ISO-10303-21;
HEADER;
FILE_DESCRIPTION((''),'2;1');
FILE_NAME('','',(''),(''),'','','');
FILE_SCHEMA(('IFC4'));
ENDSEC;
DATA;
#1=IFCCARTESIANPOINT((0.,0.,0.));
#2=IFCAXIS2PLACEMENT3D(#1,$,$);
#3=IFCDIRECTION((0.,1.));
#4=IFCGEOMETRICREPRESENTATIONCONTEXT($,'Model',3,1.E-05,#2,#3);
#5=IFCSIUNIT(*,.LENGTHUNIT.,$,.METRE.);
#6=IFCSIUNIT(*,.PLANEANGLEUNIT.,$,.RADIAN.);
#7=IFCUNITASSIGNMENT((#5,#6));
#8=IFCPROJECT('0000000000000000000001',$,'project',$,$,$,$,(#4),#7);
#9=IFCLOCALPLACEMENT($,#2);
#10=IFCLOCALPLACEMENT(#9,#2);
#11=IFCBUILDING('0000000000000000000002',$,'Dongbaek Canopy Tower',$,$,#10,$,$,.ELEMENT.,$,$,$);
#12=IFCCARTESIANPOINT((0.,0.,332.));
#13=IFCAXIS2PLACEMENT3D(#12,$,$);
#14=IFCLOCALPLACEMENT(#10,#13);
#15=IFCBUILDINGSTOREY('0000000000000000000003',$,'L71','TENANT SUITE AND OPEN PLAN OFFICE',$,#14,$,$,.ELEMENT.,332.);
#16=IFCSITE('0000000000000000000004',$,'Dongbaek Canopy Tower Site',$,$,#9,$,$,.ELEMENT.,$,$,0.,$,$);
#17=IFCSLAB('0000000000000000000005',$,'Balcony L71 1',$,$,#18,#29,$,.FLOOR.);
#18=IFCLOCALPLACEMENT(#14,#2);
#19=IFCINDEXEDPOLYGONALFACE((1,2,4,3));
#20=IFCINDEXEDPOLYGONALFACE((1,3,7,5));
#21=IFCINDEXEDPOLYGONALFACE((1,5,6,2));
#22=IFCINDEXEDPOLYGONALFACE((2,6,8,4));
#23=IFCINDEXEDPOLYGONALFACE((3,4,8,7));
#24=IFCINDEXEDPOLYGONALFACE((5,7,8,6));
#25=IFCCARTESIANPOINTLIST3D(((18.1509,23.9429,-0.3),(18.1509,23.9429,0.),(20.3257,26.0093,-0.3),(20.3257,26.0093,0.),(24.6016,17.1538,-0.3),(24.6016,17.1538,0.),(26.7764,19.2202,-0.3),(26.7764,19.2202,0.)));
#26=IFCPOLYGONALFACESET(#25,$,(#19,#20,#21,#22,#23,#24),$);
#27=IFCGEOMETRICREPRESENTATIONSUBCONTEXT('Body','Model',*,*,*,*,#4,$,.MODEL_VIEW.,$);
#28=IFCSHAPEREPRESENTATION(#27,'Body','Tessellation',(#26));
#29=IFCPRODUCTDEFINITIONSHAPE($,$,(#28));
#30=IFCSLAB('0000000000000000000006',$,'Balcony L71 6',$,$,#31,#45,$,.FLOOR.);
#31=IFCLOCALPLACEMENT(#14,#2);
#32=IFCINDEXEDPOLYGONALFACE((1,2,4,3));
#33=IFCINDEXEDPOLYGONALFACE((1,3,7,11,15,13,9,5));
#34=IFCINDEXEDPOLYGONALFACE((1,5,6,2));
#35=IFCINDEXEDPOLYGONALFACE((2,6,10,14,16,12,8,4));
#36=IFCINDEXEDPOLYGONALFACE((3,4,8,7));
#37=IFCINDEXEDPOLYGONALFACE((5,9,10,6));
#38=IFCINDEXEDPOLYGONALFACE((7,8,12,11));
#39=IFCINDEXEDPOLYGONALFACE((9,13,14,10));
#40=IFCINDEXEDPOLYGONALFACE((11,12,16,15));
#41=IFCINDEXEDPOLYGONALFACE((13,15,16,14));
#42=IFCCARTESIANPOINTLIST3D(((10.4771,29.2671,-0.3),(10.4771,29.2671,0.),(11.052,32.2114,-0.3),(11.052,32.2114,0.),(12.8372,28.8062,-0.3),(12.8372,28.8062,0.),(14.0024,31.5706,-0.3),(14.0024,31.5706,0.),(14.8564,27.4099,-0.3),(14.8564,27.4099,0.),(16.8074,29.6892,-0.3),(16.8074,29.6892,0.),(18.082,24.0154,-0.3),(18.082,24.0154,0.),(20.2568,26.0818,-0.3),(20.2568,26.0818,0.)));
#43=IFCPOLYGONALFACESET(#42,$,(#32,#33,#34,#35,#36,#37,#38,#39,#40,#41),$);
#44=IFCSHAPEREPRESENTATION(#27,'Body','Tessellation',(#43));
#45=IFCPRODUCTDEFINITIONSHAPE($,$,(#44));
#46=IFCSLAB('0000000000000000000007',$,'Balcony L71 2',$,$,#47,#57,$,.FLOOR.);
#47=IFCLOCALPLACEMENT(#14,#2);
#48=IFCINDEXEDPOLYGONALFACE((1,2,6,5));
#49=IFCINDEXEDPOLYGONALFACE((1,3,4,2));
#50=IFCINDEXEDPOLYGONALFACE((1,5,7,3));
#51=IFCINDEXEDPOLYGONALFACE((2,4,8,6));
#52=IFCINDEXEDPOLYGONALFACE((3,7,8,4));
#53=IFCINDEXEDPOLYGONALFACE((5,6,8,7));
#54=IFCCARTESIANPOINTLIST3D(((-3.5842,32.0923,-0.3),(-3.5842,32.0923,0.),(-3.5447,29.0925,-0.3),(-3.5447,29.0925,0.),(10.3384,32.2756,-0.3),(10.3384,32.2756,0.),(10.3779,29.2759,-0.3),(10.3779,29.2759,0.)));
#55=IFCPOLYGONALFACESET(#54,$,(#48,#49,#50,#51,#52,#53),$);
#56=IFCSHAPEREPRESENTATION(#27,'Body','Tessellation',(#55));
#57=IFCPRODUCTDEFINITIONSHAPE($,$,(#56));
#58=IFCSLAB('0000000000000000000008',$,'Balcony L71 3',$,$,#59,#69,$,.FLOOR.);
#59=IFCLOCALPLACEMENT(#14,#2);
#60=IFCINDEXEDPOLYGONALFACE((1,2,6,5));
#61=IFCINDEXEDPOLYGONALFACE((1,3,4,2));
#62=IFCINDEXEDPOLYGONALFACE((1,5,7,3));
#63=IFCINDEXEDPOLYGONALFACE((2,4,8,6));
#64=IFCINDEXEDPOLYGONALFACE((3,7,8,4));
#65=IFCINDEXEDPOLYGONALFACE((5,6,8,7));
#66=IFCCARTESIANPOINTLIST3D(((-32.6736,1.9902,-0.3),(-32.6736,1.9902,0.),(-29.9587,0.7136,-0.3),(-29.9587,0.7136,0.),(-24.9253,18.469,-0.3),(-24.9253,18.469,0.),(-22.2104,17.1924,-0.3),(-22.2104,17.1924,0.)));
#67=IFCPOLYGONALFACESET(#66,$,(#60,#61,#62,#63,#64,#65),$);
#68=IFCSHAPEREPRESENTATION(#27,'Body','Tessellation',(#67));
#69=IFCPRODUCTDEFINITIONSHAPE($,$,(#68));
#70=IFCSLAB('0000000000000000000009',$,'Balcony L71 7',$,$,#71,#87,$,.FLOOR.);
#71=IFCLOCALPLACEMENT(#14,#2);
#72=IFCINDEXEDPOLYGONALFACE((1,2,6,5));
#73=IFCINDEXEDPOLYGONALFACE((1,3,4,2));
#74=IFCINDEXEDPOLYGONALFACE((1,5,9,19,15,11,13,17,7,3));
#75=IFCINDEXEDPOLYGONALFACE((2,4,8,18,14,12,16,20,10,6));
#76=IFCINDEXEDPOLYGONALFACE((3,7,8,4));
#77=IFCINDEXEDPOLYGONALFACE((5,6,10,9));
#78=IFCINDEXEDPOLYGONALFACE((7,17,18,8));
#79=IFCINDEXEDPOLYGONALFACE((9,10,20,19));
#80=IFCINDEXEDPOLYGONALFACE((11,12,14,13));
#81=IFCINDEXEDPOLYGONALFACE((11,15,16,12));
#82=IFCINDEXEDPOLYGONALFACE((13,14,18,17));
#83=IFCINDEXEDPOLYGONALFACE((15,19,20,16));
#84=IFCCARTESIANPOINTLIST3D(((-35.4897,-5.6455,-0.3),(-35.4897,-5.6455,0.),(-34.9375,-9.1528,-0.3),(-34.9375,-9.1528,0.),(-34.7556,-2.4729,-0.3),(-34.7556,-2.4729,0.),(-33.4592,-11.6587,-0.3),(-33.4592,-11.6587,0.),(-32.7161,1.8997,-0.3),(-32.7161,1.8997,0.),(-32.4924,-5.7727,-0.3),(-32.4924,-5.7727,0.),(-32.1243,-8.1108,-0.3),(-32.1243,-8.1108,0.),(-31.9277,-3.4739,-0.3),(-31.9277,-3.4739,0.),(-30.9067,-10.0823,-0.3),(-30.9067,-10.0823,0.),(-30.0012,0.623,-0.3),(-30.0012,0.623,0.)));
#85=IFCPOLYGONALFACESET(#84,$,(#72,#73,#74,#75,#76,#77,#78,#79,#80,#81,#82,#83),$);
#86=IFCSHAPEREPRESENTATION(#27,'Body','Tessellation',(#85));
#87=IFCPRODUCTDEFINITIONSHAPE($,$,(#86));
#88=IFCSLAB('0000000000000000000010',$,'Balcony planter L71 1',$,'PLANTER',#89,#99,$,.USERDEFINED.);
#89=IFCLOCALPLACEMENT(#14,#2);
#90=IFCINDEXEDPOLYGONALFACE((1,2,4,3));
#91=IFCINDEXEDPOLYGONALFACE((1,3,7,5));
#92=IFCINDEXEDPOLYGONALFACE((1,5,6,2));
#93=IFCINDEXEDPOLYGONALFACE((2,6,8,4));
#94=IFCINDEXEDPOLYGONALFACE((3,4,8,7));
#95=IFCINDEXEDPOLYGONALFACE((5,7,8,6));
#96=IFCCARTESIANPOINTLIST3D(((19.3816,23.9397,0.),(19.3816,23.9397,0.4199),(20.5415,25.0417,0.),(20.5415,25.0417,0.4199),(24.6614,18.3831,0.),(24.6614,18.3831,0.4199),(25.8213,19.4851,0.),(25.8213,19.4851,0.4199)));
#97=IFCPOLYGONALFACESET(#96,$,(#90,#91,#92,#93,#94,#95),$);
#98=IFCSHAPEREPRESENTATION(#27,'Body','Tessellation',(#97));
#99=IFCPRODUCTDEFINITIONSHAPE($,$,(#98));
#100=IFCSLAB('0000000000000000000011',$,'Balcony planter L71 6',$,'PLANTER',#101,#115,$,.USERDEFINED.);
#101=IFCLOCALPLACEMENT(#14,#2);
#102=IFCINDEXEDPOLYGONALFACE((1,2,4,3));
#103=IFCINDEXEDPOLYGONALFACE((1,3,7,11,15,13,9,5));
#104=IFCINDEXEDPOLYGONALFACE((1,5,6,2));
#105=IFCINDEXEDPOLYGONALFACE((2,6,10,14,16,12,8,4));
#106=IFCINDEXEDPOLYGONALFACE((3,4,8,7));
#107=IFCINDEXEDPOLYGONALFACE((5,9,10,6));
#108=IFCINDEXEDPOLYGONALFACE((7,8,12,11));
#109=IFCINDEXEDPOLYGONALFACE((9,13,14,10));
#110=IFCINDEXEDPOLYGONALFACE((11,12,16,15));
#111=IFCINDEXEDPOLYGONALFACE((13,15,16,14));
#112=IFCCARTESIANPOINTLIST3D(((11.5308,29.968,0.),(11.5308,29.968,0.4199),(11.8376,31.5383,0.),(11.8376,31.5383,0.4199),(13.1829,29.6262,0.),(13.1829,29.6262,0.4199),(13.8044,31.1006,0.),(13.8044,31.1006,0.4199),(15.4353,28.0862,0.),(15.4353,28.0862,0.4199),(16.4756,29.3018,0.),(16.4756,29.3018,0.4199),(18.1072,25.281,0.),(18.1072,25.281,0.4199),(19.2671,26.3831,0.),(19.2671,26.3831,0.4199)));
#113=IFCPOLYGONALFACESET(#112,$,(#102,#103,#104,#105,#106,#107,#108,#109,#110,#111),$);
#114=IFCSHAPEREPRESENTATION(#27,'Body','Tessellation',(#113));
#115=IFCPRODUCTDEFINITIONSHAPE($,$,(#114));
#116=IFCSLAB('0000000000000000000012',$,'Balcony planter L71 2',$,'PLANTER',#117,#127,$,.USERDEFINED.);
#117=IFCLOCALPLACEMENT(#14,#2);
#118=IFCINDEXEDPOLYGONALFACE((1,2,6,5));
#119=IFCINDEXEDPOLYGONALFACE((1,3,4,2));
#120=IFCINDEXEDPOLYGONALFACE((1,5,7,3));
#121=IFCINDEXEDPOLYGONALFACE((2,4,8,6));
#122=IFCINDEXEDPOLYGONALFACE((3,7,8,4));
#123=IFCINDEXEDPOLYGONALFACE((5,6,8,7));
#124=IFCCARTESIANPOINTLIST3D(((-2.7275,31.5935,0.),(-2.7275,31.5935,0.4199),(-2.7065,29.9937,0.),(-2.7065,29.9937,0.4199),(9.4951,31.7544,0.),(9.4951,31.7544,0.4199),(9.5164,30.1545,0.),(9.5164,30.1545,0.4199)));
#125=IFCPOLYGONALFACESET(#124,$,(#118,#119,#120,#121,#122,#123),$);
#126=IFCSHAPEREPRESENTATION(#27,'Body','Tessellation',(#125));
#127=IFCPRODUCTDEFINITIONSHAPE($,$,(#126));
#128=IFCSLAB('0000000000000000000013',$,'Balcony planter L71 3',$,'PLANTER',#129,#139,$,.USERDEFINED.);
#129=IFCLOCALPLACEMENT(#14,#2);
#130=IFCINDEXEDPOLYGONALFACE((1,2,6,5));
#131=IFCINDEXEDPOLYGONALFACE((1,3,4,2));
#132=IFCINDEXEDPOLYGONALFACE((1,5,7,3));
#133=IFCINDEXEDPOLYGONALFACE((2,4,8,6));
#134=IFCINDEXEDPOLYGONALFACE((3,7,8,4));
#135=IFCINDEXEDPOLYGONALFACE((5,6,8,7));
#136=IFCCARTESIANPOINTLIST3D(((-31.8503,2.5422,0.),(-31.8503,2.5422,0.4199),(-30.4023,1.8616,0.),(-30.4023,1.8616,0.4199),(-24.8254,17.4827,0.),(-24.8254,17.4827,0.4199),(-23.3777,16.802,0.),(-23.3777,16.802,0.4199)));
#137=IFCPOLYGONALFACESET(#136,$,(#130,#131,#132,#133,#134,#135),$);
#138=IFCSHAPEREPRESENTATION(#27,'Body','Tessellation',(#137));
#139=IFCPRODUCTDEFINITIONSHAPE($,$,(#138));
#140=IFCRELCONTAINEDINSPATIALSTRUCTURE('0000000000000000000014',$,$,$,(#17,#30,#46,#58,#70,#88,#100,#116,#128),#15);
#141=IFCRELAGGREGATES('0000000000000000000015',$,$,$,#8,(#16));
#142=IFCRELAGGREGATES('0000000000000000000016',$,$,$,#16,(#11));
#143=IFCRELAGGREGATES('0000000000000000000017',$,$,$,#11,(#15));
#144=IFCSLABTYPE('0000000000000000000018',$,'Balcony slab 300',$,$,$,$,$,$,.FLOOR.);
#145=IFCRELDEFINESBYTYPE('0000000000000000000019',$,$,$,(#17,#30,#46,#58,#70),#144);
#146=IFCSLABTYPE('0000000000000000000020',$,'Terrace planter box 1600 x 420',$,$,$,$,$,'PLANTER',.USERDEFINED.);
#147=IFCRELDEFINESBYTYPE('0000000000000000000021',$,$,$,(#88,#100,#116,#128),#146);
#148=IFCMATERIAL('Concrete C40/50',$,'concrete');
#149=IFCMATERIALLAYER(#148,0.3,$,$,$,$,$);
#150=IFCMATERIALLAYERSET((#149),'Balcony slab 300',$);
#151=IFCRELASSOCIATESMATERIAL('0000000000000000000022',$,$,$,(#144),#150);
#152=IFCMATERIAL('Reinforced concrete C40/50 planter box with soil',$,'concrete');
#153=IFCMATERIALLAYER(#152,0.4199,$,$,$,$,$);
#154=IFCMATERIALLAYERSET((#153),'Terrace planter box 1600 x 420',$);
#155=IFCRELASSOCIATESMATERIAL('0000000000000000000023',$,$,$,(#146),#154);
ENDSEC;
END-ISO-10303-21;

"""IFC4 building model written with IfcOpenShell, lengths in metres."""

from ifc_helpers import new_model, si_unit, direction, frame, origin, place, context, subcontext, project, spatial, polyline, outline, extrude, material, layer, layer_set, type_object, element, save


model = new_model("IFC4")

# Units and contexts
model_context = context("Model", 3, precision=1e-05, world=origin(), true_north=direction((0.0, 1.0)))
body_context = subcontext(model_context, "Body", "Model", "MODEL_VIEW")
ifc_project = project(units=[si_unit("LENGTHUNIT", "METRE"), si_unit("PLANEANGLEUNIT", "RADIAN")], contexts=[model_context])

# Site, building, storey
site_placement = place(None, origin())
site = spatial("IfcSite", under=ifc_project, at=site_placement, Name="Dongbaek Canopy Tower Site", CompositionType="ELEMENT", RefElevation=0.0)
building_placement = place(site_placement, origin())
building = spatial("IfcBuilding", under=site, at=building_placement, Name="Dongbaek Canopy Tower", CompositionType="ELEMENT")
storey_placement = place(building_placement, frame((0.0, 0.0, 332.0)))
storey = spatial("IfcBuildingStorey", under=building, at=storey_placement, Name="L71", Description="TENANT SUITE AND OPEN PLAN OFFICE", CompositionType="ELEMENT", Elevation=332.0)

# Slabs
ifc_material_1 = material(Name="Concrete C40/50", Category="concrete")
ifc_layer_1 = layer(ifc_material_1, 0.3)
ifc_layer_set_1 = layer_set([ifc_layer_1], Name="Balcony slab 300")
slab_type_1 = type_object("IfcSlabType", Name="Balcony slab 300", PredefinedType="FLOOR", material=ifc_layer_set_1)
slab_1_placement = place(storey_placement, frame((0.0, 0.0, -0.3)))
element("IfcSlab", 1, at=slab_1_placement, inside=storey, type_object=slab_type_1, Name="Balcony L71 1", PredefinedType="FLOOR", context=body_context, shape_type="SweptSolid", body=[
    extrude(outline(polyline([(24.6016, 17.1538), (18.1509, 23.9429), (20.3257, 26.0093), (26.7764, 19.2202), (24.6016, 17.1538)])), origin(), (0.0, 0.0, 1.0), 0.3),
])
slab_2_placement = place(storey_placement, frame((0.0, 0.0, -0.3)))
element("IfcSlab", 2, at=slab_2_placement, inside=storey, type_object=slab_type_1, Name="Balcony L71 6", PredefinedType="FLOOR", context=body_context, shape_type="SweptSolid", body=[
    extrude(outline(polyline([(18.082, 24.0154), (14.8564, 27.4099), (12.8372, 28.8062), (10.4771, 29.2671), (11.052, 32.2114), (14.0024, 31.5706), (16.8074, 29.6892), (20.2568, 26.0818), (18.082, 24.0154)])), origin(), (0.0, 0.0, 1.0), 0.3),
])
slab_3_placement = place(storey_placement, frame((0.0, 0.0, -0.3)))
element("IfcSlab", 3, at=slab_3_placement, inside=storey, type_object=slab_type_1, Name="Balcony L71 2", PredefinedType="FLOOR", context=body_context, shape_type="SweptSolid", body=[
    extrude(outline(polyline([(10.3779, 29.2759), (-3.5447, 29.0925), (-3.5842, 32.0923), (10.3384, 32.2756), (10.3779, 29.2759)])), origin(), (0.0, 0.0, 1.0), 0.3),
])
slab_4_placement = place(storey_placement, frame((0.0, 0.0, -0.3)))
element("IfcSlab", 4, at=slab_4_placement, inside=storey, type_object=slab_type_1, Name="Balcony L71 3", PredefinedType="FLOOR", context=body_context, shape_type="SweptSolid", body=[
    extrude(outline(polyline([(-22.2104, 17.1924), (-29.9587, 0.7136), (-32.6736, 1.9902), (-24.9253, 18.469), (-22.2104, 17.1924)])), origin(), (0.0, 0.0, 1.0), 0.3),
])
slab_5_placement = place(storey_placement, frame((0.0, 0.0, -0.3)))
element("IfcSlab", 5, at=slab_5_placement, inside=storey, type_object=slab_type_1, Name="Balcony L71 7", PredefinedType="FLOOR", context=body_context, shape_type="SweptSolid", body=[
    extrude(outline(polyline([(-30.0012, 0.623), (-31.9277, -3.4739), (-32.4924, -5.7727), (-32.1243, -8.1108), (-30.9067, -10.0823), (-33.4592, -11.6587), (-34.9375, -9.1528), (-35.4897, -5.6455), (-34.7556, -2.4729), (-32.7161, 1.8997), (-30.0012, 0.623)])), origin(), (0.0, 0.0, 1.0), 0.3),
])
ifc_material_2 = material(Name="Reinforced concrete C40/50 planter box with soil", Category="concrete")
ifc_layer_2 = layer(ifc_material_2, 0.4199)
ifc_layer_set_2 = layer_set([ifc_layer_2], Name="Terrace planter box 1600 x 420")
slab_type_2 = type_object("IfcSlabType", Name="Terrace planter box 1600 x 420", ElementType="PLANTER", PredefinedType="USERDEFINED", material=ifc_layer_set_2)
slab_6_placement = place(storey_placement, origin())
element("IfcSlab", 6, at=slab_6_placement, inside=storey, type_object=slab_type_2, Name="Balcony planter L71 1", ObjectType="PLANTER", PredefinedType="USERDEFINED", context=body_context, shape_type="SweptSolid", body=[
    extrude(outline(polyline([(24.6614, 18.3831), (19.3816, 23.9397), (20.5415, 25.0417), (25.8213, 19.4851), (24.6614, 18.3831)])), origin(), (0.0, 0.0, 1.0), 0.4199),
])
slab_7_placement = place(storey_placement, origin())
element("IfcSlab", 7, at=slab_7_placement, inside=storey, type_object=slab_type_2, Name="Balcony planter L71 6", ObjectType="PLANTER", PredefinedType="USERDEFINED", context=body_context, shape_type="SweptSolid", body=[
    extrude(outline(polyline([(18.1072, 25.281), (15.4353, 28.0862), (13.1829, 29.6262), (11.5308, 29.968), (11.8376, 31.5383), (13.8044, 31.1006), (16.4756, 29.3018), (19.2671, 26.3831), (18.1072, 25.281)])), origin(), (0.0, 0.0, 1.0), 0.4199),
])
slab_8_placement = place(storey_placement, origin())
element("IfcSlab", 8, at=slab_8_placement, inside=storey, type_object=slab_type_2, Name="Balcony planter L71 2", ObjectType="PLANTER", PredefinedType="USERDEFINED", context=body_context, shape_type="SweptSolid", body=[
    extrude(outline(polyline([(9.5164, 30.1545), (-2.7065, 29.9937), (-2.7275, 31.5935), (9.4951, 31.7544), (9.5164, 30.1545)])), origin(), (0.0, 0.0, 1.0), 0.4199),
])
slab_9_placement = place(storey_placement, origin())
element("IfcSlab", 9, at=slab_9_placement, inside=storey, type_object=slab_type_2, Name="Balcony planter L71 3", ObjectType="PLANTER", PredefinedType="USERDEFINED", context=body_context, shape_type="SweptSolid", body=[
    extrude(outline(polyline([(-23.3777, 16.802), (-30.4023, 1.8616), (-31.8503, 2.5422), (-24.8254, 17.4827), (-23.3777, 16.802)])), origin(), (0.0, 0.0, 1.0), 0.4199),
])

save(model, "model.ifc")
